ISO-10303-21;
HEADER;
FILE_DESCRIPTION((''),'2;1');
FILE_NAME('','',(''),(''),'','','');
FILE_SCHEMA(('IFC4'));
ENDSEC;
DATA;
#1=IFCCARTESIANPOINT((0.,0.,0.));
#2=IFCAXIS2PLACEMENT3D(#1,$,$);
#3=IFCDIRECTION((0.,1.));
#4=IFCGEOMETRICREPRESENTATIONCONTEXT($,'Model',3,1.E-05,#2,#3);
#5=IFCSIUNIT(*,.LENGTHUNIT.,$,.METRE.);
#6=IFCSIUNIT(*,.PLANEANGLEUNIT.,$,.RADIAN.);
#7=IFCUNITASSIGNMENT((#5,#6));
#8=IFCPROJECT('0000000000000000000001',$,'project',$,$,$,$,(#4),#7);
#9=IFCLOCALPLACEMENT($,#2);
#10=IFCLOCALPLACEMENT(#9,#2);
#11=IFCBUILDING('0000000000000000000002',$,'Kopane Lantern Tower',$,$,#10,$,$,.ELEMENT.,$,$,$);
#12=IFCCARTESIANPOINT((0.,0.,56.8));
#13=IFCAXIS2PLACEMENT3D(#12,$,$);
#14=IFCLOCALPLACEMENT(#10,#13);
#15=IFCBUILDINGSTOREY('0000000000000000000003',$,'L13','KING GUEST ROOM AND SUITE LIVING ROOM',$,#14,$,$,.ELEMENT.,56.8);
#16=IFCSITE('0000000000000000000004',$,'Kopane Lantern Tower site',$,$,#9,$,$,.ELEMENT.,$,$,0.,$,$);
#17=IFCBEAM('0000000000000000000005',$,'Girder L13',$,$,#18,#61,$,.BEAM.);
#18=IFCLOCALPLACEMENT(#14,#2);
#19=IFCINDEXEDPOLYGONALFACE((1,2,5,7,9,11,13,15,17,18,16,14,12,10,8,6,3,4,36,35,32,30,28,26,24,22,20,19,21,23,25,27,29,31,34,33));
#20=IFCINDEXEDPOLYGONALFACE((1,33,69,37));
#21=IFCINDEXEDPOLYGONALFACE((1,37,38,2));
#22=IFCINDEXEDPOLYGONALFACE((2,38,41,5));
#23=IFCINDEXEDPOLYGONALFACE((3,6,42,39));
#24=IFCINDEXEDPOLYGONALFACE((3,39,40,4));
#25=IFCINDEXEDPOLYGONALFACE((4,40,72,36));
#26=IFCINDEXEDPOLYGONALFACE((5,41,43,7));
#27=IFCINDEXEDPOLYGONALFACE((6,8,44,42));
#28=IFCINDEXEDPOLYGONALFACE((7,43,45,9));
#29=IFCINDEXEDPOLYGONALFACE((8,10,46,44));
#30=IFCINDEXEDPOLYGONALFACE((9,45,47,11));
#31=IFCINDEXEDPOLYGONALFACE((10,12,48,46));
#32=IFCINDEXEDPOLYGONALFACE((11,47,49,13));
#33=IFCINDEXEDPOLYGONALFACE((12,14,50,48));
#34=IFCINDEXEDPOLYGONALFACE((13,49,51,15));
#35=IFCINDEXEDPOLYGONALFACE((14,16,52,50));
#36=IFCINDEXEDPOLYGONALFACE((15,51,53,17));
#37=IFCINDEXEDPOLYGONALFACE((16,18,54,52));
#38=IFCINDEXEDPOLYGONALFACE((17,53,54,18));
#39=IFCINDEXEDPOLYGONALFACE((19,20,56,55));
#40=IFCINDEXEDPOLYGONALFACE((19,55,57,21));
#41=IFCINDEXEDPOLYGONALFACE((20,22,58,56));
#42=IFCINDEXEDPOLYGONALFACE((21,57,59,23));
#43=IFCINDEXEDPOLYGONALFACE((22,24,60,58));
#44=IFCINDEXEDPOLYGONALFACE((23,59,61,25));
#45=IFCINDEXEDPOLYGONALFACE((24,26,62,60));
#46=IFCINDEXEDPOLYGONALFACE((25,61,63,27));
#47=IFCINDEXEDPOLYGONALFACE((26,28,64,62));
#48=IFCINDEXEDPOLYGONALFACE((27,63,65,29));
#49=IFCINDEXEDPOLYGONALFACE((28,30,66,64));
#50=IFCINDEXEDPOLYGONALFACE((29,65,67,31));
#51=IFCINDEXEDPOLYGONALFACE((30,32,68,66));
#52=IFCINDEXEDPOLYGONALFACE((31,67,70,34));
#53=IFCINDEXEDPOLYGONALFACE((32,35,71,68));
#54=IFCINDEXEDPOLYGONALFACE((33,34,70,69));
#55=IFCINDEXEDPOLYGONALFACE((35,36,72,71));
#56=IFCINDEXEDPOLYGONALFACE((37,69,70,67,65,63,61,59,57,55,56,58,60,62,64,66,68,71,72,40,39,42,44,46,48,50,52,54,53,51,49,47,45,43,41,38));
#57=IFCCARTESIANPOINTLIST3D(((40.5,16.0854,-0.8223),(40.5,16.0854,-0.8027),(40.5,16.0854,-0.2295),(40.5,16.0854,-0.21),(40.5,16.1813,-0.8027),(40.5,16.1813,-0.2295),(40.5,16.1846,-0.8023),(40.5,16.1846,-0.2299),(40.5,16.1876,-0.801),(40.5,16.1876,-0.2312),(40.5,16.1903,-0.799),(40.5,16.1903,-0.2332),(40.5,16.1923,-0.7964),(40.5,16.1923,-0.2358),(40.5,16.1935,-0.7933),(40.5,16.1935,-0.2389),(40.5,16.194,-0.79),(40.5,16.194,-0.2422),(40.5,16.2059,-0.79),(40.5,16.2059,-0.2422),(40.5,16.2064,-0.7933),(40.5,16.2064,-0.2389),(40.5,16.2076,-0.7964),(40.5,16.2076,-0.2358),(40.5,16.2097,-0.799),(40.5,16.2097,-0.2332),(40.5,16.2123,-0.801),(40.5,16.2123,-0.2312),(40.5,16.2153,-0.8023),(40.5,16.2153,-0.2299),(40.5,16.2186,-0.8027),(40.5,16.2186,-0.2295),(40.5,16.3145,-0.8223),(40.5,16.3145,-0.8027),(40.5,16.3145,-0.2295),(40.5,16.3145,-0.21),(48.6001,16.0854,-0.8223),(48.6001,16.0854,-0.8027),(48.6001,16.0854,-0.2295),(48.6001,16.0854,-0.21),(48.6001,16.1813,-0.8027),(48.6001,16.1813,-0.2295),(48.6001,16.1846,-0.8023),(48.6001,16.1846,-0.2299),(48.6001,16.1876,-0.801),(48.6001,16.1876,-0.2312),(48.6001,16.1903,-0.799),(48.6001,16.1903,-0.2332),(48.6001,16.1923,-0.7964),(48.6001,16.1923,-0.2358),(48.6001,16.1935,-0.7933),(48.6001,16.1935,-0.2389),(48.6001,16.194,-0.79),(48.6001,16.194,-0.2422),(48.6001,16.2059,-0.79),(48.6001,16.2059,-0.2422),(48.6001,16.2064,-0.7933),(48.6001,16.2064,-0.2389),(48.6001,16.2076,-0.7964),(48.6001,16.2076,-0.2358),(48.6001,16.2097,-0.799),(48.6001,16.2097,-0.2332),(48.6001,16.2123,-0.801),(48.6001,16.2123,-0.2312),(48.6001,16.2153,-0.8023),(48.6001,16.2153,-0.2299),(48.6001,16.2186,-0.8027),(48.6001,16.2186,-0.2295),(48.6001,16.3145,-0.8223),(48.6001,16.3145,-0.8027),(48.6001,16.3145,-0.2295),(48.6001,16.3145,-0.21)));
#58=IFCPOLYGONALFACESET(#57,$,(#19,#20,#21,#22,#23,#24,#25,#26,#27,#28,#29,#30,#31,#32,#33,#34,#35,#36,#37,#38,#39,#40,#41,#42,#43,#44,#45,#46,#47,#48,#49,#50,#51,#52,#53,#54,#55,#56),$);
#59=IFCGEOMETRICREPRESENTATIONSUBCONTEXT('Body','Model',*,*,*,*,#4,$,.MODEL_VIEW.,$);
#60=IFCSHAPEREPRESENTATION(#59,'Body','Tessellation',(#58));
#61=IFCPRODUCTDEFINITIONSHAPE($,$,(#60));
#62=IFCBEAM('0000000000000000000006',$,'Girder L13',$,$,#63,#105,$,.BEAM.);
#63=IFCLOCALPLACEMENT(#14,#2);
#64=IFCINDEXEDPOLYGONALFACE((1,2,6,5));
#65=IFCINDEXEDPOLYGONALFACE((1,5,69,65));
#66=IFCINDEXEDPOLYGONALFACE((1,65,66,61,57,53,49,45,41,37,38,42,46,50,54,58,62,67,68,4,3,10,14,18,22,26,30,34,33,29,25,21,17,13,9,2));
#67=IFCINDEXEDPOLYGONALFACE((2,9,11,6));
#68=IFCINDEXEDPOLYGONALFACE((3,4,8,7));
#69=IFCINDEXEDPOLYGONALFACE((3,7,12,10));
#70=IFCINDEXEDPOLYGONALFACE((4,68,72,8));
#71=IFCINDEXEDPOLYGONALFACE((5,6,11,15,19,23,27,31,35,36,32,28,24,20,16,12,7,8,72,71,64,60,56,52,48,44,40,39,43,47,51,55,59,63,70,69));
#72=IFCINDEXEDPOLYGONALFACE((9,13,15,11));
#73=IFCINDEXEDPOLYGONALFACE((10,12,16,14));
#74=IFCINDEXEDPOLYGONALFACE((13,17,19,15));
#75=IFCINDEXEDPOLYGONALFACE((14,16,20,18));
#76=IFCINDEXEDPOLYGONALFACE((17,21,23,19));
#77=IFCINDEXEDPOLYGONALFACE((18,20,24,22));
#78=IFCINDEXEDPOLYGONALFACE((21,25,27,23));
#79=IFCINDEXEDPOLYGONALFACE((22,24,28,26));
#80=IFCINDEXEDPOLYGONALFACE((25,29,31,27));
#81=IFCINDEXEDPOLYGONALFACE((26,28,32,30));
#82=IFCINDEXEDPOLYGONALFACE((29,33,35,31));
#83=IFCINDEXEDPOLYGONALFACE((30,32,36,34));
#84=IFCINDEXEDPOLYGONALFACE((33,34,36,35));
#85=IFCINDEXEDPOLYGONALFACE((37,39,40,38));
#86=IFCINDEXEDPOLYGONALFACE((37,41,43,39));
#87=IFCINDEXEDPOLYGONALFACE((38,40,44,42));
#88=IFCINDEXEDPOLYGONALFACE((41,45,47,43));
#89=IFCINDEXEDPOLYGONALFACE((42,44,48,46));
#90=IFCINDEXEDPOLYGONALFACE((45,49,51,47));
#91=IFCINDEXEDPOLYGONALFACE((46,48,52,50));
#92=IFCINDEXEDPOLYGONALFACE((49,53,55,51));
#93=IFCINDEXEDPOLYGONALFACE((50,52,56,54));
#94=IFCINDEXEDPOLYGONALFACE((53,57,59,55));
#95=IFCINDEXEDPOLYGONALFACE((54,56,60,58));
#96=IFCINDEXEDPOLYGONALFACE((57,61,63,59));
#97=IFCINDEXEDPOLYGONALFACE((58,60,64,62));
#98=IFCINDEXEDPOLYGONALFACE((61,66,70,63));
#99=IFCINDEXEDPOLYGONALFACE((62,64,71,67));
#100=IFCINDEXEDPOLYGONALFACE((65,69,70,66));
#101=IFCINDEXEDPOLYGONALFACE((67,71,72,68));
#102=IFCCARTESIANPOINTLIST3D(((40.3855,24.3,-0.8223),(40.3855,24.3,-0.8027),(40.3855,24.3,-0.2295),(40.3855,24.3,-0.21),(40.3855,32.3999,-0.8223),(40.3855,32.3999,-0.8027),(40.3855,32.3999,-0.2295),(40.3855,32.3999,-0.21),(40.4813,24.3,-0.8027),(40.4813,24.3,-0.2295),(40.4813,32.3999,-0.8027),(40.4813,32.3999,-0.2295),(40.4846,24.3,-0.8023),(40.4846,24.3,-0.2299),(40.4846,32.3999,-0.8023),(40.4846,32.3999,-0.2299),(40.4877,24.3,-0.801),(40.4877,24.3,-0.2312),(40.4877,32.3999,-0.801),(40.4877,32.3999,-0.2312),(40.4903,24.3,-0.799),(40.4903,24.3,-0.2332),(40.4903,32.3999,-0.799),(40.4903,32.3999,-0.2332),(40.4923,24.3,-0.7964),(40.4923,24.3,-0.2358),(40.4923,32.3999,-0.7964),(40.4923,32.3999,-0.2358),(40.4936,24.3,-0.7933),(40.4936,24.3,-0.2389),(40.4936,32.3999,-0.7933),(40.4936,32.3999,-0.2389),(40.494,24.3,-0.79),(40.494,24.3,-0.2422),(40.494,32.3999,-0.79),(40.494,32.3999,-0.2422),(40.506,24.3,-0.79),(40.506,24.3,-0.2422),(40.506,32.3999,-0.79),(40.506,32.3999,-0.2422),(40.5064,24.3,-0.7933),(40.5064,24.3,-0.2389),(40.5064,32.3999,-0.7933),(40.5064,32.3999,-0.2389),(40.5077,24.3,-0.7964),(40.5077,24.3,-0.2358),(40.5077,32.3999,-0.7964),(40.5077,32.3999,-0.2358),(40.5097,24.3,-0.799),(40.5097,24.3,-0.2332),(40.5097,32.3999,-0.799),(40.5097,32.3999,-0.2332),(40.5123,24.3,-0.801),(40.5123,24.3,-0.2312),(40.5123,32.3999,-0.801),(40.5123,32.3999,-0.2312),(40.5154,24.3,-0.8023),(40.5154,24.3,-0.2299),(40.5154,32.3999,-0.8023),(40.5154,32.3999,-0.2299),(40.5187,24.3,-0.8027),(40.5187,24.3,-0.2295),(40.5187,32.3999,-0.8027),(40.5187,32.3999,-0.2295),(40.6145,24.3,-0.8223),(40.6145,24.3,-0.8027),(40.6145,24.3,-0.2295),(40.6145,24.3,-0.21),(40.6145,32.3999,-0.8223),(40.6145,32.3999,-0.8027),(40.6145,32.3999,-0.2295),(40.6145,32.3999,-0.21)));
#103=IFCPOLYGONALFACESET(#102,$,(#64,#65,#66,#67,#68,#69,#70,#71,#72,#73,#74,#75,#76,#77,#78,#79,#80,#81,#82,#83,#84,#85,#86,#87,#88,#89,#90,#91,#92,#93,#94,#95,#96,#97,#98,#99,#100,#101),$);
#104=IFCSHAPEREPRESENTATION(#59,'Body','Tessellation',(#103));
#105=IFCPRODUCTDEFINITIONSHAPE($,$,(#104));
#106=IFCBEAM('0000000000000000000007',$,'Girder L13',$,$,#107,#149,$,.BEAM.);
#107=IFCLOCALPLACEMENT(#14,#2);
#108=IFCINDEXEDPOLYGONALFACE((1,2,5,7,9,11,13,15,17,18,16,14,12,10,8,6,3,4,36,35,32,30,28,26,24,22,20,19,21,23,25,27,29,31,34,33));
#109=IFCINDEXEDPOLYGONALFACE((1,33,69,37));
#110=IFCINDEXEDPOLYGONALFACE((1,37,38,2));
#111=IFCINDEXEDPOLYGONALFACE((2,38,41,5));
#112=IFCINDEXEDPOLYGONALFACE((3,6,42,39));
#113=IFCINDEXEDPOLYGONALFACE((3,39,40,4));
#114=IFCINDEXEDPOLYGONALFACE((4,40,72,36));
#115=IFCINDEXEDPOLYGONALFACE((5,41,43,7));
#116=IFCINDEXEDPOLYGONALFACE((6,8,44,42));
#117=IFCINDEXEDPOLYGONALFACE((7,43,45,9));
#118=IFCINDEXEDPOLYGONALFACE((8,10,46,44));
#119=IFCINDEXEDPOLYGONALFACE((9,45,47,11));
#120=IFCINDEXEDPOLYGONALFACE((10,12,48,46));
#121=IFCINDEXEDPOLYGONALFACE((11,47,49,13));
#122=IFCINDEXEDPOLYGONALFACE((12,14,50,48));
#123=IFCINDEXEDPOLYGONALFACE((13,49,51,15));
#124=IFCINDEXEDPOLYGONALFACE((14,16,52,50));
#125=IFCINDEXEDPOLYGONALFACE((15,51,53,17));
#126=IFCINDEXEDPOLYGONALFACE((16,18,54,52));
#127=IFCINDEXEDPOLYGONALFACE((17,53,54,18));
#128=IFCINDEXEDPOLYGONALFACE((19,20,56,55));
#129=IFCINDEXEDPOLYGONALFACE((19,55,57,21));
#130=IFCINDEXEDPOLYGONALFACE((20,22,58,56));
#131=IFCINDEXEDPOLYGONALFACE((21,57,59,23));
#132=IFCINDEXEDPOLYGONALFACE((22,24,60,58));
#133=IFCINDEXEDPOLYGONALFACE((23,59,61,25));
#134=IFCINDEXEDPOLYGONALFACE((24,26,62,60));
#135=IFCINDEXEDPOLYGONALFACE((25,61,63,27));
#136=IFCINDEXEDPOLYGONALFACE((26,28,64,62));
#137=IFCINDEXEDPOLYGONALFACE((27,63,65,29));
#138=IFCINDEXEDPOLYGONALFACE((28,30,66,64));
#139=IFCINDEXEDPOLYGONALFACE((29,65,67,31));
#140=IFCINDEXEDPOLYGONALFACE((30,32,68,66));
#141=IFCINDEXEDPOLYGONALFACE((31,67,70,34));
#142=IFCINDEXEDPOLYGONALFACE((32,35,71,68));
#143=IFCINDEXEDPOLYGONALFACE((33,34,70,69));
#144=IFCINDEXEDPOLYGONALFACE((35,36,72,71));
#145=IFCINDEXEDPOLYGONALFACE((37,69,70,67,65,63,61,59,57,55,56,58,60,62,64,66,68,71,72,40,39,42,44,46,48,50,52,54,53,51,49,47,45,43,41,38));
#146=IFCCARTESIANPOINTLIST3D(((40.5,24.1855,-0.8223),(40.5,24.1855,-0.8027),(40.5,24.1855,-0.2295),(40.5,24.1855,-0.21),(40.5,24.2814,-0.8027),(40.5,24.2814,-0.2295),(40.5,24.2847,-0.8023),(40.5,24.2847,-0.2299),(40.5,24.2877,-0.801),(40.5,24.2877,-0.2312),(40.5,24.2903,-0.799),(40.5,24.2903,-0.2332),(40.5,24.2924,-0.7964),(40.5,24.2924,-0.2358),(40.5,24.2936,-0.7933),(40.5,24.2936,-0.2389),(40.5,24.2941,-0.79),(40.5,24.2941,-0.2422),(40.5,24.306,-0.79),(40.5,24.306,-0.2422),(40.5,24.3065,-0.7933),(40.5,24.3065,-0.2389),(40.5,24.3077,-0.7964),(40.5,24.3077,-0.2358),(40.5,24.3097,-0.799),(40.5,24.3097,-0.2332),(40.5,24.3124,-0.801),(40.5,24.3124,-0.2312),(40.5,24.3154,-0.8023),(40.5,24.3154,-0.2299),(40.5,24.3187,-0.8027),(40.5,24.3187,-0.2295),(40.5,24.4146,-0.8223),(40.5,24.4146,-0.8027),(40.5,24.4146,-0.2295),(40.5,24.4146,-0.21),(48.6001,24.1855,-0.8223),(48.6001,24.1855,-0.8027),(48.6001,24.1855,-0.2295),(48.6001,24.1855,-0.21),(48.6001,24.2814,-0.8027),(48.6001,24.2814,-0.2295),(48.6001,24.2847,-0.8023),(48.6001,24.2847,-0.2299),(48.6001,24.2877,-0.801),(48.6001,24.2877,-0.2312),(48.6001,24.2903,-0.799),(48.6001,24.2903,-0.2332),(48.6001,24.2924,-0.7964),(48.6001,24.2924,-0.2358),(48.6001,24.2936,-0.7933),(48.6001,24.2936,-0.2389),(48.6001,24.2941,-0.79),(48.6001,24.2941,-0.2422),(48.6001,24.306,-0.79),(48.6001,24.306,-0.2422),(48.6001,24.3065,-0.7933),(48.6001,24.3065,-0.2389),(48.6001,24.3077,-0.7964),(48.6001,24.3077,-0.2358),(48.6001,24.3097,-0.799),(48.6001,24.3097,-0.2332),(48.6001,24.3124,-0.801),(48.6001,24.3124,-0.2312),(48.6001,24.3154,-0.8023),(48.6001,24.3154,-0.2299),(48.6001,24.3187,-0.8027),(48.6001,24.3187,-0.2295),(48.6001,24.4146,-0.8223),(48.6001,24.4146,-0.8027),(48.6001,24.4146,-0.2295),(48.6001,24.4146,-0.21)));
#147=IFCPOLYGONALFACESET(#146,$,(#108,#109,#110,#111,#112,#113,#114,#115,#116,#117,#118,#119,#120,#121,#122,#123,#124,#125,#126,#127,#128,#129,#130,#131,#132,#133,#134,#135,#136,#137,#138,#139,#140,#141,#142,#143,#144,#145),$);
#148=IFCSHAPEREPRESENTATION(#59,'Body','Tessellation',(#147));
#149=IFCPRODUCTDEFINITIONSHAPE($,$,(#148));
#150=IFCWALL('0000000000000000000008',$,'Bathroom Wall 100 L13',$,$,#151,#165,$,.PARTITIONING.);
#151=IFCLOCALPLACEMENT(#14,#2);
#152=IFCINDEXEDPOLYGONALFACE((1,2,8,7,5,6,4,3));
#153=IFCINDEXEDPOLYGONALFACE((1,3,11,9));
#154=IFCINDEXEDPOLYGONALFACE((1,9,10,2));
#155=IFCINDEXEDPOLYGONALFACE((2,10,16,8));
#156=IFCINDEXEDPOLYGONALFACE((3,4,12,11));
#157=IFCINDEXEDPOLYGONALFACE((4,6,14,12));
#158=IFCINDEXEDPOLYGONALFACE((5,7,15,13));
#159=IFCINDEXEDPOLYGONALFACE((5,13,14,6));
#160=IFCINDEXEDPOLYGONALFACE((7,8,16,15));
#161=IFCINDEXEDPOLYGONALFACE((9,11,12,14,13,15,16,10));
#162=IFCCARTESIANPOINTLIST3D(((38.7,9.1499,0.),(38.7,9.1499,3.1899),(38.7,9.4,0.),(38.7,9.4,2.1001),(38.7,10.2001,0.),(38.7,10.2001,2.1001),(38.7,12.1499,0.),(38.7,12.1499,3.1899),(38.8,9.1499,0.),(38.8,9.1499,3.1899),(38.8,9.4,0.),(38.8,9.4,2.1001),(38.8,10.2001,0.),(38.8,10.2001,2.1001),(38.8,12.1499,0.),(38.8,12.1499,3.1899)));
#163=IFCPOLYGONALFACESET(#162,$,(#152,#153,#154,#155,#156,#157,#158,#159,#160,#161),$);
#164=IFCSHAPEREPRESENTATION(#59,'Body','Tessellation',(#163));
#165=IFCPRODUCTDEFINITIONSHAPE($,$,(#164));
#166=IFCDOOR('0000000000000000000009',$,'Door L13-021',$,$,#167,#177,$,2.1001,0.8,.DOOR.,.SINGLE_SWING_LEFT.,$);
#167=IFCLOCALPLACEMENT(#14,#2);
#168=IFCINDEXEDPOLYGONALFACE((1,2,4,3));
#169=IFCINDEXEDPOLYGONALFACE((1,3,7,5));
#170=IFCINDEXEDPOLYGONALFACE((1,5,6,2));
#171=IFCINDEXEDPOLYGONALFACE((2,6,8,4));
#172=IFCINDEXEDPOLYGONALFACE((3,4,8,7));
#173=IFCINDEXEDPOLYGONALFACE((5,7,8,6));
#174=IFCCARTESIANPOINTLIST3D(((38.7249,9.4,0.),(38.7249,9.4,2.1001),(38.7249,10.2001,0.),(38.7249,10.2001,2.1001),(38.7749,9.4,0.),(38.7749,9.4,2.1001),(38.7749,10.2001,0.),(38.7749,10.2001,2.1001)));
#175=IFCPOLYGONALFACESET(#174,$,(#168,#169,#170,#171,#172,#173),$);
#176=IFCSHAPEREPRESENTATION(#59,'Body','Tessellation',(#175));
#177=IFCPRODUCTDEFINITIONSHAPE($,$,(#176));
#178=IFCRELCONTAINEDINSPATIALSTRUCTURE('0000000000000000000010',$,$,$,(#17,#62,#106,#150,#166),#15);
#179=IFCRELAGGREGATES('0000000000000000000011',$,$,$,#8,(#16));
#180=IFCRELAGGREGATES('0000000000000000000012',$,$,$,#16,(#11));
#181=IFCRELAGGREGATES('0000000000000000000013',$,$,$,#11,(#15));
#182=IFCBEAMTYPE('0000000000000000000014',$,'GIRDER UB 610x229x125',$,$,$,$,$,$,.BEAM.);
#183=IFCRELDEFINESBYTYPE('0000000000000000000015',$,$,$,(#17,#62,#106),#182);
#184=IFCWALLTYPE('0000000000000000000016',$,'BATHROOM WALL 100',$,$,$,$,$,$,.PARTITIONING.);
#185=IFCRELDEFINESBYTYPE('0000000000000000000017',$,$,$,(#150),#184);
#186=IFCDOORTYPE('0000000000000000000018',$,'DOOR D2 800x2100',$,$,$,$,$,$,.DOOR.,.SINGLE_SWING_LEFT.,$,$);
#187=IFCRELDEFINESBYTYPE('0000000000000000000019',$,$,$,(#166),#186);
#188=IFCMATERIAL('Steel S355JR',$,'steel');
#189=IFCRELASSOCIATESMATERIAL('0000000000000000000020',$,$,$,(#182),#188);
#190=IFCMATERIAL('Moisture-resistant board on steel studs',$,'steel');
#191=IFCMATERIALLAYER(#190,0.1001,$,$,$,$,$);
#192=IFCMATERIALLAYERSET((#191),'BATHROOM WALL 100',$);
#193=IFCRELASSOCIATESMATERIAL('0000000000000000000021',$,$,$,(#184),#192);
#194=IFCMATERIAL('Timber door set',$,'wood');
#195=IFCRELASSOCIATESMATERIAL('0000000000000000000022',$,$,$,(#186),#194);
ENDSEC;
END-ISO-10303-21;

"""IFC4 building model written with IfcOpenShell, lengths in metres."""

from ifc_helpers import new_model, si_unit, direction, frame, frame_2d, origin, origin_2d, place, context, subcontext, project, spatial, rectangle, i_section, extrude, material, layer, layer_set, material_profile, profile_set, type_object, element, fill, save


model = new_model("IFC4")

# Units and contexts
model_context = context("Model", 3, precision=1e-05, world=origin(), true_north=direction((0.0, 1.0)))
body_context = subcontext(model_context, "Body", "Model", "MODEL_VIEW")
ifc_project = project(units=[si_unit("LENGTHUNIT", "METRE"), si_unit("PLANEANGLEUNIT", "RADIAN")], contexts=[model_context])

# Site, building, storey
site_placement = place(None, origin())
site = spatial("IfcSite", under=ifc_project, at=site_placement, Name="Kopane Lantern Tower site", CompositionType="ELEMENT", RefElevation=0.0)
building_placement = place(site_placement, origin())
building = spatial("IfcBuilding", under=site, at=building_placement, Name="Kopane Lantern Tower", CompositionType="ELEMENT")
storey_placement = place(building_placement, frame((0.0, 0.0, 56.8)))
storey = spatial("IfcBuildingStorey", under=building, at=storey_placement, Name="L13", Description="KING GUEST ROOM AND SUITE LIVING ROOM", CompositionType="ELEMENT", Elevation=56.8)

# Beams
ifc_material_1 = material(Name="Steel S355JR", Category="steel")
ifc_material_profile_1 = material_profile(ifc_material_1, i_section(OverallWidth=0.229, OverallDepth=0.6123, WebThickness=0.012, FlangeThickness=0.0195, FilletRadius=0.0127, at=origin_2d()), Name="UB 610x229x125")
ifc_profile_set_1 = profile_set([ifc_material_profile_1], Name="Steel S355JR")
beam_type_1 = type_object("IfcBeamType", Name="GIRDER UB 610x229x125", PredefinedType="BEAM", material=ifc_profile_set_1)
for number, where, z_axis, x_axis, name in (
    (1, (40.5, 16.2, -0.5161), (1.0, 0.0, 0.0), (0.0, 1.0, 0.0), "Girder L13"),
):
    element("IfcBeam", number, at=place(storey_placement, frame(where, z_axis=z_axis, x_axis=x_axis)), inside=storey, type_object=beam_type_1, Name=name, PredefinedType="BEAM", context=body_context, shape_type="SweptSolid", body=[
        extrude(i_section(OverallWidth=0.229, OverallDepth=0.6123, WebThickness=0.012, FlangeThickness=0.0195, FilletRadius=0.0127, at=origin_2d()), origin(), (0.0, 0.0, 1.0), 8.1001),
    ])
beam_1_placement = place(storey_placement, frame((40.5, 24.3, -0.5161), z_axis=(0.0, 1.0, 0.0), x_axis=(-1.0, 0.0, 0.0)))
element("IfcBeam", 2, at=beam_1_placement, inside=storey, type_object=beam_type_1, Name="Girder L13", PredefinedType="BEAM", context=body_context, shape_type="SweptSolid", body=[
    extrude(i_section(OverallWidth=0.229, OverallDepth=0.6123, WebThickness=0.012, FlangeThickness=0.0195, FilletRadius=0.0127, at=origin_2d()), origin(), (0.0, 0.0, 1.0), 8.0999),
])
beam_2_placement = place(storey_placement, frame((40.5, 24.3, -0.5161), z_axis=(1.0, 0.0, 0.0), x_axis=(0.0, 1.0, 0.0)))
element("IfcBeam", 3, at=beam_2_placement, inside=storey, type_object=beam_type_1, Name="Girder L13", PredefinedType="BEAM", context=body_context, shape_type="SweptSolid", body=[
    extrude(i_section(OverallWidth=0.229, OverallDepth=0.6123, WebThickness=0.012, FlangeThickness=0.0195, FilletRadius=0.0127, at=origin_2d()), origin(), (0.0, 0.0, 1.0), 8.1001),
])

# Wall, opening, door
ifc_material_2 = material(Name="Moisture-resistant board on steel studs", Category="steel")
ifc_layer_1 = layer(ifc_material_2, 0.1001)
ifc_layer_set_1 = layer_set([ifc_layer_1], Name="BATHROOM WALL 100")
wall_type_1 = type_object("IfcWallType", Name="BATHROOM WALL 100", PredefinedType="PARTITIONING", material=ifc_layer_set_1)
wall_1_placement = place(storey_placement, frame((38.75, 12.1499, 0.0), z_axis=(0.0, 0.0, 1.0), x_axis=(0.0, -1.0, 0.0)))
wall_1 = element("IfcWall", 4, at=wall_1_placement, inside=storey, type_object=wall_type_1, Name="Bathroom Wall 100 L13", PredefinedType="PARTITIONING", context=body_context, shape_type="SweptSolid", body=[
    extrude(rectangle(XDim=3.0, YDim=0.1001, at=frame_2d((1.5, 0.0))), origin(), (0.0, 0.0, 1.0), 3.1899),
])
opening_1_placement = place(wall_1_placement, frame((1.95, 0.0, 0.0)))
opening_1 = element("IfcOpeningElement", 5, at=opening_1_placement, cuts=wall_1, PredefinedType="OPENING", context=body_context, shape_type="SweptSolid", body=[
    extrude(rectangle(XDim=0.8, YDim=2.1001, at=frame_2d((0.3999, 1.05))), frame((0.0, 0.0601, 0.0), z_axis=(0.0, -1.0, 0.0), x_axis=(1.0, 0.0, 0.0)), (0.0, 0.0, 1.0), 0.1201),
])
ifc_material_3 = material(Name="Timber door set", Category="wood")
door_type_1 = type_object("IfcDoorType", Name="DOOR D2 800x2100", OperationType="SINGLE_SWING_LEFT", PredefinedType="DOOR", material=ifc_material_3)
door_1_placement = place(opening_1_placement, origin())
door_1 = element("IfcDoor", 6, at=door_1_placement, inside=storey, type_object=door_type_1, Name="Door L13-021", OperationType="SINGLE_SWING_LEFT", OverallHeight=2.1001, OverallWidth=0.8, PredefinedType="DOOR", context=body_context, shape_type="SweptSolid", body=[
    extrude(rectangle(XDim=0.8, YDim=2.1001, at=frame_2d((0.3999, 1.05))), frame((0.0, 0.0249, 0.0), z_axis=(0.0, -1.0, 0.0), x_axis=(1.0, 0.0, 0.0)), (0.0, 0.0, 1.0), 0.05),
])
fill(opening_1, door_1)

save(model, "model.ifc")
